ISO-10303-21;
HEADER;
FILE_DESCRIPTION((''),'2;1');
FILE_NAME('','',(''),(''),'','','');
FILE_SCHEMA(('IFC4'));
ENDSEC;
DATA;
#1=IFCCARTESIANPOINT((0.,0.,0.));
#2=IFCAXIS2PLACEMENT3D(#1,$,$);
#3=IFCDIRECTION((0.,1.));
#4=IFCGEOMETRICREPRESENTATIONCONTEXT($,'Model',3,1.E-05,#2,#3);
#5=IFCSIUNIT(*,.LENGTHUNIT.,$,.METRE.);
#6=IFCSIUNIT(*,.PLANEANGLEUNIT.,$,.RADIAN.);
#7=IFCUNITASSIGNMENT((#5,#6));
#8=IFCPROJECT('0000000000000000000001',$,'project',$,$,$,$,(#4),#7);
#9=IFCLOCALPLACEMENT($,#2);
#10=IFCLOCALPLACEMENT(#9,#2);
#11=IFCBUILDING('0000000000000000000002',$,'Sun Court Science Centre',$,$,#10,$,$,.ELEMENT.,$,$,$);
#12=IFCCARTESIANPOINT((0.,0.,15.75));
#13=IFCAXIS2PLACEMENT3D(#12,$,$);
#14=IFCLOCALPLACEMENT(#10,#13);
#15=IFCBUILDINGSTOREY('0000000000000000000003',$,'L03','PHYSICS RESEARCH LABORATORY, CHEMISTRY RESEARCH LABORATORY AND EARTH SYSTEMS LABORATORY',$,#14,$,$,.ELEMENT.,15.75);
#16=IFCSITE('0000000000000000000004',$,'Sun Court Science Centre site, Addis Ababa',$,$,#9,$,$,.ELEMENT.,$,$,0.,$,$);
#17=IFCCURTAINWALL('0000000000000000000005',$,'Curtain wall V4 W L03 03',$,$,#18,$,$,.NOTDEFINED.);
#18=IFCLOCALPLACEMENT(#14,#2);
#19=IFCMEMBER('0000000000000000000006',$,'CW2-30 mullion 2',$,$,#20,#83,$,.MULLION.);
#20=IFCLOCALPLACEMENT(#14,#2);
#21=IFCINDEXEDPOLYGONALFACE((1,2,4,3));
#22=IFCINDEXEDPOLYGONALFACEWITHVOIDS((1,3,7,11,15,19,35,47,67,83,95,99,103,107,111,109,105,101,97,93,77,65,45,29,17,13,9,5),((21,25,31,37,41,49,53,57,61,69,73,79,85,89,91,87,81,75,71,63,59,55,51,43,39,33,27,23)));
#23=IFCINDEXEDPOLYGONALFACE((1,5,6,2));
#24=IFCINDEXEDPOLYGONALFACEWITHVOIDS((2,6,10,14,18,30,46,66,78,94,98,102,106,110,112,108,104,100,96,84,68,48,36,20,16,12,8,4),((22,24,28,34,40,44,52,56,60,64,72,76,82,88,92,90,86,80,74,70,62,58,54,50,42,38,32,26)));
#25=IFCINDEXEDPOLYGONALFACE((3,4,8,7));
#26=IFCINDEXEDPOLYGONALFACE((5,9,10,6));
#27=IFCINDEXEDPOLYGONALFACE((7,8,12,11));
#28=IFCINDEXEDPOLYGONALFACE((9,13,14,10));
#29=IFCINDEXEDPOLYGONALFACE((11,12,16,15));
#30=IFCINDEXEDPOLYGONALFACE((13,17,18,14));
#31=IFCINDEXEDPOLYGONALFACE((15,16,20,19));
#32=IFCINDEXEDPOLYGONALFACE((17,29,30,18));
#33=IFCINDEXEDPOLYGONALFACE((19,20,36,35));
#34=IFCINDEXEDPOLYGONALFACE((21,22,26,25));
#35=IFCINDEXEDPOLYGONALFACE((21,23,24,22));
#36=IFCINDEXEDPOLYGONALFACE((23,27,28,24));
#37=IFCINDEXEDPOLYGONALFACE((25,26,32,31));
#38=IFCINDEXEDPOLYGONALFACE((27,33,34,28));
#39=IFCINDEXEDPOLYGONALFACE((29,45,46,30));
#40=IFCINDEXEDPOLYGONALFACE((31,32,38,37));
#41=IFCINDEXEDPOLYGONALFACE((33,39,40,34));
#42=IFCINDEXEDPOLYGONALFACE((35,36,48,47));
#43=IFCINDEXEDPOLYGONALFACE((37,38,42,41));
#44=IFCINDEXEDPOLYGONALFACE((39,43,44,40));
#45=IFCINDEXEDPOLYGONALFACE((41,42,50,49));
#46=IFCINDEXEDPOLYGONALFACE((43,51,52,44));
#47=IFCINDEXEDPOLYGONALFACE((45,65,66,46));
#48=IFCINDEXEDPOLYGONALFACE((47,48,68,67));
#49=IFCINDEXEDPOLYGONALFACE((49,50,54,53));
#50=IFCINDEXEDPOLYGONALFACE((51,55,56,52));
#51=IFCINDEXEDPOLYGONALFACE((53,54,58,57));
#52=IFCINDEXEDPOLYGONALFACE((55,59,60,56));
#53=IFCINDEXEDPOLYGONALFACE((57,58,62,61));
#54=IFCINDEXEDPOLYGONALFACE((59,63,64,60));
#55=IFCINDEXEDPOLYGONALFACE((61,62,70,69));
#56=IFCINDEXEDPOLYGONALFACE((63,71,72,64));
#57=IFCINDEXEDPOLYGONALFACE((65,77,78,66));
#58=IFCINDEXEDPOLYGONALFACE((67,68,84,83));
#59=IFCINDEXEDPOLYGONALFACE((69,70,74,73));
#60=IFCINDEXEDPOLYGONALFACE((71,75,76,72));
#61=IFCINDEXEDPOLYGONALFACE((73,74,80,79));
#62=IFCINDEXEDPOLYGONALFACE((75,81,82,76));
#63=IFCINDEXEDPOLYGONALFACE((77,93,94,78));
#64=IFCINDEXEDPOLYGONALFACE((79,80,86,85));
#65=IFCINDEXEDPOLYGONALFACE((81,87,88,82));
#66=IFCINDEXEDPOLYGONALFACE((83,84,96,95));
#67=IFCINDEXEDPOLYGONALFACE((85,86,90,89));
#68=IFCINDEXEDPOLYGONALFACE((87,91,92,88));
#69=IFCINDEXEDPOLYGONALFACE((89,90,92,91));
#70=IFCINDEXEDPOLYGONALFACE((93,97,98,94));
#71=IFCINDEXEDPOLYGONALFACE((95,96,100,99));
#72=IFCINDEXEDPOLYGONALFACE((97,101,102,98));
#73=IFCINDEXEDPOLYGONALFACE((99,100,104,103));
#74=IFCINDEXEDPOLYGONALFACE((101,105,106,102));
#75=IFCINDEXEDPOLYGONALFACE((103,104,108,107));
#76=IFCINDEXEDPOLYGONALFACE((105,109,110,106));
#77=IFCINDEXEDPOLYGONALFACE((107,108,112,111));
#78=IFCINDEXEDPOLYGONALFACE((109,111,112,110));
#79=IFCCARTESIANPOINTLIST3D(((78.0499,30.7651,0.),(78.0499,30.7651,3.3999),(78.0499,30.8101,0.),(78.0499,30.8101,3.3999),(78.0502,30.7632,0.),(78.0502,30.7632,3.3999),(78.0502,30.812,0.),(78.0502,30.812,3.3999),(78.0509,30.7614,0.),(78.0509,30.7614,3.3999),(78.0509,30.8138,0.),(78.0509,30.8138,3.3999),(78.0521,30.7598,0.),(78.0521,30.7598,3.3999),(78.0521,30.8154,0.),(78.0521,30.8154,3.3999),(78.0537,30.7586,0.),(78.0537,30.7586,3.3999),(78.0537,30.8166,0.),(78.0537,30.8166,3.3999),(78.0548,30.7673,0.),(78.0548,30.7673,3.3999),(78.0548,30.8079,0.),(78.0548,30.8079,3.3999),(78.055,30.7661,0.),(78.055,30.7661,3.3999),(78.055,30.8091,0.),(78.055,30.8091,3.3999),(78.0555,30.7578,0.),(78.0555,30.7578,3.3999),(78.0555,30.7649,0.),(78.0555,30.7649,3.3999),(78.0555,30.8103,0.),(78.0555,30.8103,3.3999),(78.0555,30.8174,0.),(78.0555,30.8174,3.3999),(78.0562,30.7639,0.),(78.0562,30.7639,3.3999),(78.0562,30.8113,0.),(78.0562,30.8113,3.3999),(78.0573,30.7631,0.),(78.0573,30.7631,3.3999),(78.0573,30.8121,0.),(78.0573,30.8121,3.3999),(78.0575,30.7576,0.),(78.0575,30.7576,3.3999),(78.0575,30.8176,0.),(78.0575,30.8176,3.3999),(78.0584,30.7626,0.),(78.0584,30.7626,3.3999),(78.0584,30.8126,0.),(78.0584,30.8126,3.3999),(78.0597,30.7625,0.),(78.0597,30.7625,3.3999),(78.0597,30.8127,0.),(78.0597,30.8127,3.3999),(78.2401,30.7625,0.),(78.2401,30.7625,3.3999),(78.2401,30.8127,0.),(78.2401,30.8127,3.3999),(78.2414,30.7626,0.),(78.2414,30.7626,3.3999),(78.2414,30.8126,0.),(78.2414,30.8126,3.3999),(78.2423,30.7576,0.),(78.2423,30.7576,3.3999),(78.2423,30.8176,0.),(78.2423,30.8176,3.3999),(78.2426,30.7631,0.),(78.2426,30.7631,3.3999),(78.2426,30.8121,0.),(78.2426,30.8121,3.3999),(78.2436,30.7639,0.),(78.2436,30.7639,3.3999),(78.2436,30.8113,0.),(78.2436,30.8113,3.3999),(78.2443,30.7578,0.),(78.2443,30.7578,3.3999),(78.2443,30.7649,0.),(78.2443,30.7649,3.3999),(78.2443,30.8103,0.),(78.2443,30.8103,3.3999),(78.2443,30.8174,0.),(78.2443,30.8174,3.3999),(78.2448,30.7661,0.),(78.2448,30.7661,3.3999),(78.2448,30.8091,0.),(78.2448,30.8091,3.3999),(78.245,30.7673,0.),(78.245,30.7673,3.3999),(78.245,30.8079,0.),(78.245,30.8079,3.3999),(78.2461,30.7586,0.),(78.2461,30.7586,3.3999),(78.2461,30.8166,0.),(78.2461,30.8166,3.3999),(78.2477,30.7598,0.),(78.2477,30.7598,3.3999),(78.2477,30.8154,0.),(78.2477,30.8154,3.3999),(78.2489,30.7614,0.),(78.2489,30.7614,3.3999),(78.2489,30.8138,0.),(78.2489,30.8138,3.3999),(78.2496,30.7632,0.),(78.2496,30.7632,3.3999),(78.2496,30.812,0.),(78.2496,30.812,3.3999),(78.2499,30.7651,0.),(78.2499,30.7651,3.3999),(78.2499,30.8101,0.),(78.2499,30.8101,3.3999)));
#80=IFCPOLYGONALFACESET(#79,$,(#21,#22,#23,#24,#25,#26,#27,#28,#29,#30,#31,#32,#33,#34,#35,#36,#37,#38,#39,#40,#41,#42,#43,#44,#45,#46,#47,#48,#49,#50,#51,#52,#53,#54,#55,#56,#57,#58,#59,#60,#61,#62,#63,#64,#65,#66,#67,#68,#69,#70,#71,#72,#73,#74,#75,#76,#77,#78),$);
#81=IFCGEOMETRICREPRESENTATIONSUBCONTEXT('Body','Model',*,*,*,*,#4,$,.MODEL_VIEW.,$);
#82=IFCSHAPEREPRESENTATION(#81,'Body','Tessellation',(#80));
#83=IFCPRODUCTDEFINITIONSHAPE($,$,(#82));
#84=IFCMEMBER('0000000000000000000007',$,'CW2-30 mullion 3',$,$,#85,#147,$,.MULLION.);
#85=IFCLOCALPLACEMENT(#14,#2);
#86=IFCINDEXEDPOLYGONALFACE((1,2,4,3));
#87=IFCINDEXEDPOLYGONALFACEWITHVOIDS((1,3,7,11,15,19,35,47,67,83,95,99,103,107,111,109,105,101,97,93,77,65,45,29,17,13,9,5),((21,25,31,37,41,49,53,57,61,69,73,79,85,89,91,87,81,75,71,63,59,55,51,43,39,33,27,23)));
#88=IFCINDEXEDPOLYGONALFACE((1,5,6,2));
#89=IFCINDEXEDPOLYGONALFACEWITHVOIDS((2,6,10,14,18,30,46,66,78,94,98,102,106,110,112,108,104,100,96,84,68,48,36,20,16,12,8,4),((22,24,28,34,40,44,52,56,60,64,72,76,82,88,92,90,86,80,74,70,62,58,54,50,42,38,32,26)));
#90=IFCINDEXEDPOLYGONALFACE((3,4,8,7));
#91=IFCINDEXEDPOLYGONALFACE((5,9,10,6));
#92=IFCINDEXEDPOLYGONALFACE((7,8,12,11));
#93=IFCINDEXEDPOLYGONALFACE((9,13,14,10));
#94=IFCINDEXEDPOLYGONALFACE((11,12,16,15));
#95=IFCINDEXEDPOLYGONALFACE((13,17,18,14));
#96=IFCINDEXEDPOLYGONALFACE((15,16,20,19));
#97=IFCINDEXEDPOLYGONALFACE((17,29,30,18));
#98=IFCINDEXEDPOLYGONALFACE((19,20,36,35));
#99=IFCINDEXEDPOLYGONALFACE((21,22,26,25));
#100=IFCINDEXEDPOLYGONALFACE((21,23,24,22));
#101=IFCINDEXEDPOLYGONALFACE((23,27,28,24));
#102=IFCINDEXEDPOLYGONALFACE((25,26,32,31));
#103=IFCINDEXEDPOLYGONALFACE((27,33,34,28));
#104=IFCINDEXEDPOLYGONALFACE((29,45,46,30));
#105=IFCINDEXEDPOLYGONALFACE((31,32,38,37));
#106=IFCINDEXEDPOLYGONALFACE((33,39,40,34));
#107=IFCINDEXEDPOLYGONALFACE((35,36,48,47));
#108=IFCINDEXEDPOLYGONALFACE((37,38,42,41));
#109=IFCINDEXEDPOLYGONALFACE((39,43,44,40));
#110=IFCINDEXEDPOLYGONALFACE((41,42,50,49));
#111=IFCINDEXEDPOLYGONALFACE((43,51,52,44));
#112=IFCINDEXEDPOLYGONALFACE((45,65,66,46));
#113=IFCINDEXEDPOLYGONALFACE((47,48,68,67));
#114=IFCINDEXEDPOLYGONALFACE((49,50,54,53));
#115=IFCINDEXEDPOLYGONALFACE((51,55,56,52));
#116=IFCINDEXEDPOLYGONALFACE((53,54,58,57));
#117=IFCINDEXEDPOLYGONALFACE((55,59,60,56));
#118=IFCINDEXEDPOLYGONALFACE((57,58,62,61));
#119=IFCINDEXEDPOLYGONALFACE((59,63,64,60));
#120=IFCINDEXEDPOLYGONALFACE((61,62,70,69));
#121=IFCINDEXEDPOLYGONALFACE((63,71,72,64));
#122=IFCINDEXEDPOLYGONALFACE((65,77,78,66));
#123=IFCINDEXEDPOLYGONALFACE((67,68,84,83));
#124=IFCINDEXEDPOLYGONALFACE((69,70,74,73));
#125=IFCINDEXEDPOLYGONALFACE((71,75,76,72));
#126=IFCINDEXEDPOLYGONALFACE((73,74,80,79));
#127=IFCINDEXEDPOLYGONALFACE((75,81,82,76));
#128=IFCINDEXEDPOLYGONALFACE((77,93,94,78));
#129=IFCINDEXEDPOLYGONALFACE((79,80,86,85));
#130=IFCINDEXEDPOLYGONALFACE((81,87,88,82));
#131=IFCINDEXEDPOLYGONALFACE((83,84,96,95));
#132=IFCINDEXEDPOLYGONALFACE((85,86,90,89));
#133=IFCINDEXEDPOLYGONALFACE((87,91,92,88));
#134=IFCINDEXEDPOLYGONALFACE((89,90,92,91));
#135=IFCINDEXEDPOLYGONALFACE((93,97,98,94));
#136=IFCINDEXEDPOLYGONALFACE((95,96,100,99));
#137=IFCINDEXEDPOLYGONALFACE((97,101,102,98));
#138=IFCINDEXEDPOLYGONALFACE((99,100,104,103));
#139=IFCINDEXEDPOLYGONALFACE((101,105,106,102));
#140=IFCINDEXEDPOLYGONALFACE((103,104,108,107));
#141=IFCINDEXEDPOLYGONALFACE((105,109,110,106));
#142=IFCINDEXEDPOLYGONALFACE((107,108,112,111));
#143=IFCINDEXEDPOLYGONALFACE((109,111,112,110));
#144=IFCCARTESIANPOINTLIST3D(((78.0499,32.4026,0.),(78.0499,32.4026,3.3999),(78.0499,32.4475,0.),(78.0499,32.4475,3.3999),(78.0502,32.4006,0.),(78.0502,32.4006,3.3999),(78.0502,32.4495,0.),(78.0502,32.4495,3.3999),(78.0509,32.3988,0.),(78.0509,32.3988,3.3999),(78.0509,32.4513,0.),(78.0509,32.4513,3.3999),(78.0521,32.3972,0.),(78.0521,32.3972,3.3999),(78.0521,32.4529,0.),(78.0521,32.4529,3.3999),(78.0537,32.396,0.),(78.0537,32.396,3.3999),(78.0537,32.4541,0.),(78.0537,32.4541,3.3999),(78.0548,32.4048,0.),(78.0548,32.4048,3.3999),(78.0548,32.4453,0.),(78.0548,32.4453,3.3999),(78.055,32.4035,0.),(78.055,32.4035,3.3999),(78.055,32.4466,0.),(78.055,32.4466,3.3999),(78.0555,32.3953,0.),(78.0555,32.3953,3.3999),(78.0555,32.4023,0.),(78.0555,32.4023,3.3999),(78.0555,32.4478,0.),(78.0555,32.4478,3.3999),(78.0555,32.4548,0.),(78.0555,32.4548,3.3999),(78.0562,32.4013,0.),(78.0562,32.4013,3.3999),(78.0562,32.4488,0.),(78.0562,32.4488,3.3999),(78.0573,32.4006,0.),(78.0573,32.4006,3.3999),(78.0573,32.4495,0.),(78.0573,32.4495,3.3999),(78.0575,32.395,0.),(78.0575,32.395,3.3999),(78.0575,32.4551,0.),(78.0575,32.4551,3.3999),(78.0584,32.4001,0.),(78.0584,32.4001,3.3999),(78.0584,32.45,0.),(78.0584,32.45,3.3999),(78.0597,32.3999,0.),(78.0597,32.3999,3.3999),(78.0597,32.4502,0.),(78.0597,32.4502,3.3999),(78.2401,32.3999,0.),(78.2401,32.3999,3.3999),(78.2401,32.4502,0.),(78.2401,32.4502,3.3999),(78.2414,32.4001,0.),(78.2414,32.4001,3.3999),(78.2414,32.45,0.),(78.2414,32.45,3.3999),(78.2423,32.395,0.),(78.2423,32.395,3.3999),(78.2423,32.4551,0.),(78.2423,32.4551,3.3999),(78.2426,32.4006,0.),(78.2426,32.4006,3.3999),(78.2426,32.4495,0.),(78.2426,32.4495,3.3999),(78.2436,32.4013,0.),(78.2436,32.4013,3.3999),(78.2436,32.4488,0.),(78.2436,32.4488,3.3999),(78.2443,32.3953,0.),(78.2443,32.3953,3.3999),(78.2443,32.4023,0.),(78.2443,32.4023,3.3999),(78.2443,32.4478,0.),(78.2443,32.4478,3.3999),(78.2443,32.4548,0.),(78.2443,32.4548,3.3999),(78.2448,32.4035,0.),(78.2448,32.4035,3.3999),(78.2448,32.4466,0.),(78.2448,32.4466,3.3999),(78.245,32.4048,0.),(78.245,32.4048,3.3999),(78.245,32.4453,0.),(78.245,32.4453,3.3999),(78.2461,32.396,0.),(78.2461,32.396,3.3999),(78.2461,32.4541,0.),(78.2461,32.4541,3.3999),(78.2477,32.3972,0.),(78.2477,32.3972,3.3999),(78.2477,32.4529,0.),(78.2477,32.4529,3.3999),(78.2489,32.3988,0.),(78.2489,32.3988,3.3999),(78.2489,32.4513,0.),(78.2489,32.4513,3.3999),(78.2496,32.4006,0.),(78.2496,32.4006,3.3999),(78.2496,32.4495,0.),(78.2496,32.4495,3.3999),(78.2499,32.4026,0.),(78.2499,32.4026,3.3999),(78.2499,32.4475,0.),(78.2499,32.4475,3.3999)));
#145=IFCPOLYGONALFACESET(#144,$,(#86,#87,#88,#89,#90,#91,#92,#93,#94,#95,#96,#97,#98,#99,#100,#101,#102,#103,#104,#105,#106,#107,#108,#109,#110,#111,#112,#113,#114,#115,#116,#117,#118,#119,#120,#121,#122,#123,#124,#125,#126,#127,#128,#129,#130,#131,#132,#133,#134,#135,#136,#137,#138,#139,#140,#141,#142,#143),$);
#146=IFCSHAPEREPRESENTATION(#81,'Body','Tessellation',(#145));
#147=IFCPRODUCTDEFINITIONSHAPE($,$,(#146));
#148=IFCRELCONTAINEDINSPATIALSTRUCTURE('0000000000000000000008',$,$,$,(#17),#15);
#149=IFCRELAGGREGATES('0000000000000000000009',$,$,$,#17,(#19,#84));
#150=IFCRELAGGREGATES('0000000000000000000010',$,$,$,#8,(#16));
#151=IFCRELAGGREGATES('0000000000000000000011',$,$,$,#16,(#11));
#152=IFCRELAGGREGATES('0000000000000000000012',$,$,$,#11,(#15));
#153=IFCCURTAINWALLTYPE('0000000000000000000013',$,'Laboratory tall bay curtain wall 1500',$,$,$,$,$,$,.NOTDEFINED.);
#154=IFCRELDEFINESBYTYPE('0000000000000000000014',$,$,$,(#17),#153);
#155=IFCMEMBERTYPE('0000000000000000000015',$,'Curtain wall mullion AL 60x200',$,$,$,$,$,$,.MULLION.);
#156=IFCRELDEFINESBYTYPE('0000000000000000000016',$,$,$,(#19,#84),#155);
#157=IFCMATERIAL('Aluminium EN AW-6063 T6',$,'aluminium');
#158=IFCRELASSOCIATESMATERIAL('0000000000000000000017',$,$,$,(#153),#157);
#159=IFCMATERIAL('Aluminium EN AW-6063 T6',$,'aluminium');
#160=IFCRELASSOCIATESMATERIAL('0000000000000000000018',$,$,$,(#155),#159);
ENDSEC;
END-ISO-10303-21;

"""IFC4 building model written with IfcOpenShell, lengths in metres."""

from ifc_helpers import new_model, si_unit, direction, frame, origin, origin_2d, place, context, subcontext, project, spatial, hollow_rectangle, extrude, material, material_profile, profile_set, type_object, element, aggregate, save


model = new_model("IFC4")

# Units and contexts
model_context = context("Model", 3, precision=1e-05, world=origin(), true_north=direction((0.0, 1.0)))
body_context = subcontext(model_context, "Body", "Model", "MODEL_VIEW")
ifc_project = project(units=[si_unit("LENGTHUNIT", "METRE"), si_unit("PLANEANGLEUNIT", "RADIAN")], contexts=[model_context])

# Site, building, storey
site_placement = place(None, origin())
site = spatial("IfcSite", under=ifc_project, at=site_placement, Name="Sun Court Science Centre site, Addis Ababa", CompositionType="ELEMENT", RefElevation=0.0)
building_placement = place(site_placement, origin())
building = spatial("IfcBuilding", under=site, at=building_placement, Name="Sun Court Science Centre", CompositionType="ELEMENT")
storey_placement = place(building_placement, frame((0.0, 0.0, 15.75)))
storey = spatial("IfcBuildingStorey", under=building, at=storey_placement, Name="L03", Description="PHYSICS RESEARCH LABORATORY, CHEMISTRY RESEARCH LABORATORY AND EARTH SYSTEMS LABORATORY", CompositionType="ELEMENT", Elevation=15.75)

# Curtain wall, members
ifc_material_1 = material(Name="Aluminium EN AW-6063 T6", Category="aluminium")
curtain_wall_type = type_object("IfcCurtainWallType", Name="Laboratory tall bay curtain wall 1500", PredefinedType="NOTDEFINED", material=ifc_material_1)
ifc_material_2 = material(Name="Aluminium EN AW-6063 T6", Category="aluminium")
ifc_material_profile_1 = material_profile(ifc_material_2, hollow_rectangle(XDim=0.0601, YDim=0.2, WallThickness=0.0049, InnerFilletRadius=0.0049, OuterFilletRadius=0.0076, at=origin_2d()), Name="AL 60x200x5")
ifc_profile_set_1 = profile_set([ifc_material_profile_1], Name="Aluminium EN AW-6063 T6")
member_type_1 = type_object("IfcMemberType", Name="Curtain wall mullion AL 60x200", PredefinedType="MULLION", material=ifc_profile_set_1)
curtain_wall_1_placement = place(storey_placement, origin())
curtain_wall_1 = element("IfcCurtainWall", 1, at=curtain_wall_1_placement, inside=storey, type_object=curtain_wall_type, Name="Curtain wall V4 W L03 03", PredefinedType="NOTDEFINED")
member_1_placement = place(storey_placement, frame((78.1499, 30.7876, 0.0), z_axis=(0.0, 0.0, 1.0), x_axis=(0.0, 1.0, 0.0)))
member_1 = element("IfcMember", 2, at=member_1_placement, type_object=member_type_1, Name="CW2-30 mullion 2", PredefinedType="MULLION", context=body_context, shape_type="SweptSolid", body=[
    extrude(hollow_rectangle(XDim=0.0601, YDim=0.2, WallThickness=0.0049, InnerFilletRadius=0.0049, OuterFilletRadius=0.0076, at=origin_2d()), origin(), (0.0, 0.0, 1.0), 3.3999),
])
member_2_placement = place(storey_placement, frame((78.1499, 32.425, 0.0), z_axis=(0.0, 0.0, 1.0), x_axis=(0.0, 1.0, 0.0)))
member_2 = element("IfcMember", 3, at=member_2_placement, type_object=member_type_1, Name="CW2-30 mullion 3", PredefinedType="MULLION", context=body_context, shape_type="SweptSolid", body=[
    extrude(hollow_rectangle(XDim=0.0601, YDim=0.2, WallThickness=0.0049, InnerFilletRadius=0.0049, OuterFilletRadius=0.0076, at=origin_2d()), origin(), (0.0, 0.0, 1.0), 3.3999),
])

aggregate(curtain_wall_1, [member_1, member_2])

save(model, "model.ifc")
